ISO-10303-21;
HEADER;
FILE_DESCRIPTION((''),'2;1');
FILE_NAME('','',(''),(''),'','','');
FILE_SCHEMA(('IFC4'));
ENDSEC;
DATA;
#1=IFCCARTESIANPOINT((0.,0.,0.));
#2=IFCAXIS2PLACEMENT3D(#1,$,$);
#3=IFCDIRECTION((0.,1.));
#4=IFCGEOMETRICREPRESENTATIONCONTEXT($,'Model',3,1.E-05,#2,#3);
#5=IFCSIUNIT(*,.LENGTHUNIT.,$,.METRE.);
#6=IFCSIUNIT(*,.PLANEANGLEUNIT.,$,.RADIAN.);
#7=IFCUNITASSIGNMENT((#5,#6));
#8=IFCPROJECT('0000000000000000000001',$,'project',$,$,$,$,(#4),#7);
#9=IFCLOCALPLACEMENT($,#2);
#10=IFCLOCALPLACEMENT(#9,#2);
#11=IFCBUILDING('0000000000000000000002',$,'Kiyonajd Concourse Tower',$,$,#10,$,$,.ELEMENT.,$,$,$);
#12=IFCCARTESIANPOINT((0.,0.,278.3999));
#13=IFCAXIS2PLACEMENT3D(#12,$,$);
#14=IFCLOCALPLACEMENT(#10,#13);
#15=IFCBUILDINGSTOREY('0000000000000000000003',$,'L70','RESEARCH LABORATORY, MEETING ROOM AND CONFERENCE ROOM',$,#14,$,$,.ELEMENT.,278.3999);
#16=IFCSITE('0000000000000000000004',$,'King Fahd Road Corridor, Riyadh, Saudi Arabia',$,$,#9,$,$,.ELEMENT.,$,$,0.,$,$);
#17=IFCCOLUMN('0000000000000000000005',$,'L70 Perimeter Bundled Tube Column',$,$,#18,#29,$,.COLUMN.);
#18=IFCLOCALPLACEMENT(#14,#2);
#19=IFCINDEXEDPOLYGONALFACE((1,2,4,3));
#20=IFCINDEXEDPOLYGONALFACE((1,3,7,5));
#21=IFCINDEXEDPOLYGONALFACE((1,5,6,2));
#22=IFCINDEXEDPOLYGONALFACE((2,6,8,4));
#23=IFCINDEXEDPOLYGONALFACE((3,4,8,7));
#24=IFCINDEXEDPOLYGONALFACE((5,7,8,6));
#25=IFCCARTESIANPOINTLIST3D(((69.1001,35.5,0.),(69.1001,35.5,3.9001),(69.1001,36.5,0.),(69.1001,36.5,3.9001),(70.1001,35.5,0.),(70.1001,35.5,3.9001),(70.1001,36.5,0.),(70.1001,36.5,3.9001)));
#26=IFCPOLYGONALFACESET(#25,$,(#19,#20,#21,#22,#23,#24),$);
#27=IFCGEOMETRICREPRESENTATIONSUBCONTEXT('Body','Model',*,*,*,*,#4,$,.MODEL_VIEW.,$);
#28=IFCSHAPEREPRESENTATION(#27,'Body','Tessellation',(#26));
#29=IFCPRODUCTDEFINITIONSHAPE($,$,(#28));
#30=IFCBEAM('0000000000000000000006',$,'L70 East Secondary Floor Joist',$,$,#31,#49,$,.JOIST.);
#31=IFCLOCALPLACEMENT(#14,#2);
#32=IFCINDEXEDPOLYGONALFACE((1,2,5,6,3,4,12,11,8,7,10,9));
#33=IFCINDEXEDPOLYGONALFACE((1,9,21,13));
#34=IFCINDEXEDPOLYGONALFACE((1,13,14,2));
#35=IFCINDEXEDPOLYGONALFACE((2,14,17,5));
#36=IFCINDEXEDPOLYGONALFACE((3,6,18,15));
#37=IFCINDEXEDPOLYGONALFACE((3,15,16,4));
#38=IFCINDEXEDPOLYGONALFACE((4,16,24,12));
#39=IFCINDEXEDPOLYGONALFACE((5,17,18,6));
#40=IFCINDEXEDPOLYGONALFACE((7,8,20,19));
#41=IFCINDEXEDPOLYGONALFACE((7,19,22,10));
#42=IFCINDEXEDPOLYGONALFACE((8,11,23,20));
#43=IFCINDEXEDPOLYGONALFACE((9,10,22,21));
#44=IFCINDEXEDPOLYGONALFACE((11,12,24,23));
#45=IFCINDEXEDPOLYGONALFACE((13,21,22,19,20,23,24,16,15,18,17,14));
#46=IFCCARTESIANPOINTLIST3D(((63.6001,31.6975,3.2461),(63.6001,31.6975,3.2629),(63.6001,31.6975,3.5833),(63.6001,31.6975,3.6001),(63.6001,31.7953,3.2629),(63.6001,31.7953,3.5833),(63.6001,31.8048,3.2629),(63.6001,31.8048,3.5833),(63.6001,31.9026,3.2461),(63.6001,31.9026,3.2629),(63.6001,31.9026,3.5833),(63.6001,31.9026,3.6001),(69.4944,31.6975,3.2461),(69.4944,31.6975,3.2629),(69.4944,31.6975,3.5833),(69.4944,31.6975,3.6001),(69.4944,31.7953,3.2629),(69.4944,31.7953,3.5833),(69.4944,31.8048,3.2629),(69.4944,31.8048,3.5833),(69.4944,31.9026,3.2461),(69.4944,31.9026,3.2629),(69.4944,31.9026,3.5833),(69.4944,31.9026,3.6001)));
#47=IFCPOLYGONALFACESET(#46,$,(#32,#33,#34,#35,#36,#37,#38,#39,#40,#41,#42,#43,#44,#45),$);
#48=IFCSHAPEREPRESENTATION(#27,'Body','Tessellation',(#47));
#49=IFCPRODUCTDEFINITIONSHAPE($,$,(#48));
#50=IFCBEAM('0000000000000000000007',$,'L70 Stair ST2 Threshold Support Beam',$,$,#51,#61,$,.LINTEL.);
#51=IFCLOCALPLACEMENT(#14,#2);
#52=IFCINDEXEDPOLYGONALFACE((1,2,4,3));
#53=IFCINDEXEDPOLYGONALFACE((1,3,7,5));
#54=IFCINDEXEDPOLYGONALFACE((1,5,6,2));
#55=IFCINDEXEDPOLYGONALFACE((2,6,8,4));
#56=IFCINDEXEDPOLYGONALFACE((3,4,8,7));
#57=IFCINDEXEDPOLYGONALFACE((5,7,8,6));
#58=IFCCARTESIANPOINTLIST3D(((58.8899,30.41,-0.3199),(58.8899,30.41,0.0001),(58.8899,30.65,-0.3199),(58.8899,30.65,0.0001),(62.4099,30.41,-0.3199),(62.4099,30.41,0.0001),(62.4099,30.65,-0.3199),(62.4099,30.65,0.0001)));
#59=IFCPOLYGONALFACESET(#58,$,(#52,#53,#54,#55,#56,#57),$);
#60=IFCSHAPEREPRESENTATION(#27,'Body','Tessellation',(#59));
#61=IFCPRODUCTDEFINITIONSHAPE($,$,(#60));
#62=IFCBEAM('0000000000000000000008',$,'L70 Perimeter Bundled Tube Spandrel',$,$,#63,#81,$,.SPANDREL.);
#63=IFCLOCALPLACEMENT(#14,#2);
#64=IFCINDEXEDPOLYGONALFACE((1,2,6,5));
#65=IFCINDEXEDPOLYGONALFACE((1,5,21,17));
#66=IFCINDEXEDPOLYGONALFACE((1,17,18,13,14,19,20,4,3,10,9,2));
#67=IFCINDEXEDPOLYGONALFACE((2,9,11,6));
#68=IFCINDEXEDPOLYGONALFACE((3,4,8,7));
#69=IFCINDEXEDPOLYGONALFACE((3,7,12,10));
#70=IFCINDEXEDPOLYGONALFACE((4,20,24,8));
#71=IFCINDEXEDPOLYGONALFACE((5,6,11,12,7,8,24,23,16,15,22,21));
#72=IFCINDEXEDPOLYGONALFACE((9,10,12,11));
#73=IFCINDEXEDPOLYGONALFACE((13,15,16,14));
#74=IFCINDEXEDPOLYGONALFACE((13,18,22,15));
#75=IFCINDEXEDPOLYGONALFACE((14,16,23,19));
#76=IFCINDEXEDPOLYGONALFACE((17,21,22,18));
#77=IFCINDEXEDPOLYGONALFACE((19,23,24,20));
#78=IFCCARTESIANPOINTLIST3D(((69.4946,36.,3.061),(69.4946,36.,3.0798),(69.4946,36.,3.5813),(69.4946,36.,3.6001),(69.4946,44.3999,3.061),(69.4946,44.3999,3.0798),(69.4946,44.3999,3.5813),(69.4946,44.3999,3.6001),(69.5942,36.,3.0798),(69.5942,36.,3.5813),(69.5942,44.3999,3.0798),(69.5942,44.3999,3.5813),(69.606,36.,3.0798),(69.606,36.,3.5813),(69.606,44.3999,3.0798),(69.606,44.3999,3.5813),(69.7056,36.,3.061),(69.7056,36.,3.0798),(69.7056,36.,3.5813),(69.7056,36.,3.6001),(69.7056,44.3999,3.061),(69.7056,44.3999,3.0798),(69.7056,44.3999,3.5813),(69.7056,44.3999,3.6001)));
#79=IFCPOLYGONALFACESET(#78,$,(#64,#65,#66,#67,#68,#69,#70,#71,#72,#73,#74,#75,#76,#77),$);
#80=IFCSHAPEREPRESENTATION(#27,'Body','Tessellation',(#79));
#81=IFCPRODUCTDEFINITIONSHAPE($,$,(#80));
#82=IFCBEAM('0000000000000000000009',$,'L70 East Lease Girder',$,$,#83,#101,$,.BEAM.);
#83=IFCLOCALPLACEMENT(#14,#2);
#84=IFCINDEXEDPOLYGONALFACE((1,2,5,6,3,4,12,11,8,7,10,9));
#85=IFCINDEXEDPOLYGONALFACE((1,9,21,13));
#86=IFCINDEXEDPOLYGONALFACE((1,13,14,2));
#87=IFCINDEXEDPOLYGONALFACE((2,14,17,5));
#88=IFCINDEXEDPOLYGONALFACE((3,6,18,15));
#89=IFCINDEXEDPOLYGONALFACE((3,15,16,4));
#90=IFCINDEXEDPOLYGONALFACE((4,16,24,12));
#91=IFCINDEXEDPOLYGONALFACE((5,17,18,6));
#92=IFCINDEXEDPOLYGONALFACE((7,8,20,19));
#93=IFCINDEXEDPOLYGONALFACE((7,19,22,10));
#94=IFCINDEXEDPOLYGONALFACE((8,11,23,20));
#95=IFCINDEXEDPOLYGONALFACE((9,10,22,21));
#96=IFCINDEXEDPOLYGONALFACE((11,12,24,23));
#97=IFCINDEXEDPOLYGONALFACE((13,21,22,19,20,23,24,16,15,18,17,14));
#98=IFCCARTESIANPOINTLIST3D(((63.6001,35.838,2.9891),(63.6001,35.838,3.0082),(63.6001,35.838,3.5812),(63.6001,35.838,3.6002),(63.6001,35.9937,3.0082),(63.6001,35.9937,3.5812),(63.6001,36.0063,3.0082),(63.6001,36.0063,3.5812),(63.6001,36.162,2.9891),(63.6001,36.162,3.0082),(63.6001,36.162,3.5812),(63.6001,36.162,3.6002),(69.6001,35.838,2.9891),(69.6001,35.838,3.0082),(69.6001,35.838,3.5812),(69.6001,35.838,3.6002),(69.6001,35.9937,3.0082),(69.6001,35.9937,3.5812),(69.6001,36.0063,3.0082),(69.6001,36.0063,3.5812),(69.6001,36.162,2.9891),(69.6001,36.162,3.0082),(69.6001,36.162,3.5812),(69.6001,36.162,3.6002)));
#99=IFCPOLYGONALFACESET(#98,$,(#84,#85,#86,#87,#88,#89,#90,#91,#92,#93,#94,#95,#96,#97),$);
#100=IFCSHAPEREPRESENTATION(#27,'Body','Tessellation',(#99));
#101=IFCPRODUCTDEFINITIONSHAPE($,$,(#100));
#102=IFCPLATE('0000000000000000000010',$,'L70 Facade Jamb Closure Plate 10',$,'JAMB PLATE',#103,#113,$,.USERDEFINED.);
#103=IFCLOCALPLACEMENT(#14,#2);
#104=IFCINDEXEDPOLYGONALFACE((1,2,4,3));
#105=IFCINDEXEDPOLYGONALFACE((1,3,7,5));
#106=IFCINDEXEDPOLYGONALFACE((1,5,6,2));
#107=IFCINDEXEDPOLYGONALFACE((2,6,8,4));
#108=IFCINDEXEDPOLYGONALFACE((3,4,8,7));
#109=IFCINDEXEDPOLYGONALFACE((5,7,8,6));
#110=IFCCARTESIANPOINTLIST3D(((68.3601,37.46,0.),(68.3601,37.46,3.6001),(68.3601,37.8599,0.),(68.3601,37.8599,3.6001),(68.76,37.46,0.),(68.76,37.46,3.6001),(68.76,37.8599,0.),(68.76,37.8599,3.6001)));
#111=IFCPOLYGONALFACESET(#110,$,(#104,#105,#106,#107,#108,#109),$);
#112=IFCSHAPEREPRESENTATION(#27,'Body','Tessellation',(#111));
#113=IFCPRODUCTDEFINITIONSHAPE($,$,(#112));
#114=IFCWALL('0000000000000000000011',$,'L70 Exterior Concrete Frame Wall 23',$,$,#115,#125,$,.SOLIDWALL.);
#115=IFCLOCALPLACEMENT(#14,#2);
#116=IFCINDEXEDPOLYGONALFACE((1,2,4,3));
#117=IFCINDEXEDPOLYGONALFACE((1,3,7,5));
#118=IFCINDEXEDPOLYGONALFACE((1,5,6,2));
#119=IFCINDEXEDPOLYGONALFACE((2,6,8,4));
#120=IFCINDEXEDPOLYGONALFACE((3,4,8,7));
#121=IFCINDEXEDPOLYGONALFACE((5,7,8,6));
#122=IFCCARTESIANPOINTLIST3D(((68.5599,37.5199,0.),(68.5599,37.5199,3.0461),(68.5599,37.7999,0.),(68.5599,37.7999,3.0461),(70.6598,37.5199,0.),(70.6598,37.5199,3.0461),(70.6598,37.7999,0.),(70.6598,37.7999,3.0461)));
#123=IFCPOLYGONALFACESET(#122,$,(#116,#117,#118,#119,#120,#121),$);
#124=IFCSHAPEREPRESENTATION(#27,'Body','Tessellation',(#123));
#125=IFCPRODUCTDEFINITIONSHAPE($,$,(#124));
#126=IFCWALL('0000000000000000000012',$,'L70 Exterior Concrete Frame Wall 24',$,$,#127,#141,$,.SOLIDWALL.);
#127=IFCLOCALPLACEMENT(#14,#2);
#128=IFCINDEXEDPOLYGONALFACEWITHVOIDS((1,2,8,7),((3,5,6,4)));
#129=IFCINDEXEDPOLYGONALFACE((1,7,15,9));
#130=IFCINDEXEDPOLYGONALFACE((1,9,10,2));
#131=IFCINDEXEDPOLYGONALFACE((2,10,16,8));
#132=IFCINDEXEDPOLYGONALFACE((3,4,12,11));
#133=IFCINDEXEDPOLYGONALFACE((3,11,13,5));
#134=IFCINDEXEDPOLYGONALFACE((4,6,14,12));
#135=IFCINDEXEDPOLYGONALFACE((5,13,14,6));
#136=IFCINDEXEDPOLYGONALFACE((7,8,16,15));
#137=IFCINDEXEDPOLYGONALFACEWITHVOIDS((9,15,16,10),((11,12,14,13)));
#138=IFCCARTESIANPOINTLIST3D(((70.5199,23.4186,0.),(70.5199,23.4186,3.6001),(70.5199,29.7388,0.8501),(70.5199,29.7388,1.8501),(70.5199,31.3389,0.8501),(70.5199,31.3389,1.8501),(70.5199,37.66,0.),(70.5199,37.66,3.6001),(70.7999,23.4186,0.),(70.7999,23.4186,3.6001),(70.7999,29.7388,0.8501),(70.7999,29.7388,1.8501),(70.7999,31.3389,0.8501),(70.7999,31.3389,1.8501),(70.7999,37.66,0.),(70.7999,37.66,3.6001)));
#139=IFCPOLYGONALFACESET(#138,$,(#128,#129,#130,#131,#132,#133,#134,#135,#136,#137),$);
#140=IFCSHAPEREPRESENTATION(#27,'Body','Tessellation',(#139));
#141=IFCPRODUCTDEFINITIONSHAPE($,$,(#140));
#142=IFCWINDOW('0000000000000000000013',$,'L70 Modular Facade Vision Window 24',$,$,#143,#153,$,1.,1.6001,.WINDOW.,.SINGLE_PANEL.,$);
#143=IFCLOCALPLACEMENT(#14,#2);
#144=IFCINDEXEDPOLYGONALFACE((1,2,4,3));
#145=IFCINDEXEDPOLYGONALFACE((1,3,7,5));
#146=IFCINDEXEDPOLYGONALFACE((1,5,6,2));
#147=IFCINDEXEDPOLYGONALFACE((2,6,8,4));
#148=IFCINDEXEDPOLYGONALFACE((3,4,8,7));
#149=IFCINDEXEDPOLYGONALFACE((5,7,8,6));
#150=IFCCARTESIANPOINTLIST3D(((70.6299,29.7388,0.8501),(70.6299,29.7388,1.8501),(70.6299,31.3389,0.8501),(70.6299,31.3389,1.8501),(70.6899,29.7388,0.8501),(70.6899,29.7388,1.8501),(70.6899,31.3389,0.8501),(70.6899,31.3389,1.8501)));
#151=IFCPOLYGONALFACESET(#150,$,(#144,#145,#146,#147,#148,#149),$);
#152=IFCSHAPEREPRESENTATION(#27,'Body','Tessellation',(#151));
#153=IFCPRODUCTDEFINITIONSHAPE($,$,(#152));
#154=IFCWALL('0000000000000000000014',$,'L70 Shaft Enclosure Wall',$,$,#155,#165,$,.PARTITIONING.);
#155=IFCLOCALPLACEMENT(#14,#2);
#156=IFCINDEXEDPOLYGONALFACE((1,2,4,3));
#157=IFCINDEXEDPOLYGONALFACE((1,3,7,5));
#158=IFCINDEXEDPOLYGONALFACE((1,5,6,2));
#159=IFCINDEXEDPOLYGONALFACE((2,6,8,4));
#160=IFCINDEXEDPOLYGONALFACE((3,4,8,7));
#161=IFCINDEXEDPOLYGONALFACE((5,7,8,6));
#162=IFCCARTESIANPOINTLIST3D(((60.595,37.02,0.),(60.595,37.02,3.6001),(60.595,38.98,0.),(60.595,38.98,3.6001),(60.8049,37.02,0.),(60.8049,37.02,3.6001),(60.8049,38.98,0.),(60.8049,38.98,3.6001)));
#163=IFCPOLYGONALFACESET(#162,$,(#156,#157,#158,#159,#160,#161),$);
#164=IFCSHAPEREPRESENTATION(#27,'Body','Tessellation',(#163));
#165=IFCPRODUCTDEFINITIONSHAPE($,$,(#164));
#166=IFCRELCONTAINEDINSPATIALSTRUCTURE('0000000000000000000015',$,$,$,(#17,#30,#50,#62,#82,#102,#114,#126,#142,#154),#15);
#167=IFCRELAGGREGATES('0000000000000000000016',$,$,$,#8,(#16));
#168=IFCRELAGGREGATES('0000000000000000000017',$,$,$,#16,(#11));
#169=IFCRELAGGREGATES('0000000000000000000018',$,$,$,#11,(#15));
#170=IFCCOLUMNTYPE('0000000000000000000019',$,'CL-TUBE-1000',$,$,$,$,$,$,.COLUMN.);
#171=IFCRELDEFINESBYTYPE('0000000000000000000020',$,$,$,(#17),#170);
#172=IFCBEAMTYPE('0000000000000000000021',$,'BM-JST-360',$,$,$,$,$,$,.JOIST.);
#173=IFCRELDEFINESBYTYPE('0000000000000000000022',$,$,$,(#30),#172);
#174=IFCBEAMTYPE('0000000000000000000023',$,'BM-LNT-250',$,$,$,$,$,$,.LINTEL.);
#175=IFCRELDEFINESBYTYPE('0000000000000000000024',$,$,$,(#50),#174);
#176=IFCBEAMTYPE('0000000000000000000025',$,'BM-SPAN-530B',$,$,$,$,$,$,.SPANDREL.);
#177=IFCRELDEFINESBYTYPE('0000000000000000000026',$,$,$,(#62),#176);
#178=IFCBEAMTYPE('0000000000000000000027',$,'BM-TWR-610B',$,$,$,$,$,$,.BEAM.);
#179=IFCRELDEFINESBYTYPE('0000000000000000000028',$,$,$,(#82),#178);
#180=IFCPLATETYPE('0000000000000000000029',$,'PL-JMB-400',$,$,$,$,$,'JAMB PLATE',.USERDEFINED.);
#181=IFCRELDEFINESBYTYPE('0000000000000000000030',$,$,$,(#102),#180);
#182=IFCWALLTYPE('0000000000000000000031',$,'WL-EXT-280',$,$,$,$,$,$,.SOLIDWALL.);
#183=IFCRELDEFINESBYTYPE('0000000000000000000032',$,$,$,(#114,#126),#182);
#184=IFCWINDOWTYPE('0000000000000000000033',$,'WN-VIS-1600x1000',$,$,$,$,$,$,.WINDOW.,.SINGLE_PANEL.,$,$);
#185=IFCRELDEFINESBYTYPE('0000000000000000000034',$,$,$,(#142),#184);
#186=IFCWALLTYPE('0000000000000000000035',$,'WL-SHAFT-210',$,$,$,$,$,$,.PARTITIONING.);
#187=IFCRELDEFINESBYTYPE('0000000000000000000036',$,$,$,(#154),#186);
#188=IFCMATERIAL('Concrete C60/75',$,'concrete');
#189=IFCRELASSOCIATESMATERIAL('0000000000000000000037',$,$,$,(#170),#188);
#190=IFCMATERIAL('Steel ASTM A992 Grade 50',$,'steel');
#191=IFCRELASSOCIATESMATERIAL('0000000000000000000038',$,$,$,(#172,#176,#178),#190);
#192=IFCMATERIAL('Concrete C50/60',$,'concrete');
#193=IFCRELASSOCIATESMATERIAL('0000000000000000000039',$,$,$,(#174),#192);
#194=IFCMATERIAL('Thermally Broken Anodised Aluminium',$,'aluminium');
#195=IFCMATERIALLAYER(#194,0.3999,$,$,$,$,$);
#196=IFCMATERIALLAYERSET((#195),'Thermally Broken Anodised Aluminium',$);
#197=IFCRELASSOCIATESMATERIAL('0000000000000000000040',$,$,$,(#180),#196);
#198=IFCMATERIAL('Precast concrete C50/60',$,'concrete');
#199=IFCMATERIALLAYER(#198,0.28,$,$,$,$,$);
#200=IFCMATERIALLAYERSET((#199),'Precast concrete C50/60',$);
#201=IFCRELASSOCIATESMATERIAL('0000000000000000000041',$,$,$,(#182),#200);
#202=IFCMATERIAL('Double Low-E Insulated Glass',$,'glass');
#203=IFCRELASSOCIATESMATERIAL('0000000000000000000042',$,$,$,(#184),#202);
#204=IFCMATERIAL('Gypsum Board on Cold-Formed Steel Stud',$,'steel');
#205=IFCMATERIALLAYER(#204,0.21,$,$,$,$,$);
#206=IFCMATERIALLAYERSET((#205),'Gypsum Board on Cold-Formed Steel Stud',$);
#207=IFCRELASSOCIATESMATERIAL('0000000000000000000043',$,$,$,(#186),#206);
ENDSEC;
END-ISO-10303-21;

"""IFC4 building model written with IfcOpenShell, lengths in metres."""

from ifc_helpers import new_model, si_unit, direction, frame, frame_2d, origin, origin_2d, place, context, subcontext, project, spatial, rectangle, i_section, extrude, material, layer, layer_set, material_profile, profile_set, type_object, element, fill, save


model = new_model("IFC4")

# Units and contexts
model_context = context("Model", 3, precision=1e-05, world=origin(), true_north=direction((0.0, 1.0)))
body_context = subcontext(model_context, "Body", "Model", "MODEL_VIEW")
ifc_project = project(units=[si_unit("LENGTHUNIT", "METRE"), si_unit("PLANEANGLEUNIT", "RADIAN")], contexts=[model_context])

# Site, building, storey
site_placement = place(None, origin())
site = spatial("IfcSite", under=ifc_project, at=site_placement, Name="King Fahd Road Corridor, Riyadh, Saudi Arabia", CompositionType="ELEMENT", RefElevation=0.0)
building_placement = place(site_placement, origin())
building = spatial("IfcBuilding", under=site, at=building_placement, Name="Kiyonajd Concourse Tower", CompositionType="ELEMENT")
storey_placement = place(building_placement, frame((0.0, 0.0, 278.3999)))
storey = spatial("IfcBuildingStorey", under=building, at=storey_placement, Name="L70", Description="RESEARCH LABORATORY, MEETING ROOM AND CONFERENCE ROOM", CompositionType="ELEMENT", Elevation=278.3999)

# Column
ifc_material_1 = material(Name="Concrete C60/75", Category="concrete")
ifc_material_profile_1 = material_profile(ifc_material_1, rectangle(XDim=1.0, YDim=1.0, at=origin_2d()), Name="RC-1000x1000")
ifc_profile_set_1 = profile_set([ifc_material_profile_1], Name="Concrete C60/75")
column_type = type_object("IfcColumnType", Name="CL-TUBE-1000", PredefinedType="COLUMN", material=ifc_profile_set_1)
column_placement = place(storey_placement, frame((69.6001, 36.0, 0.0), z_axis=(0.0, 0.0, 1.0), x_axis=(1.0, 0.0, 0.0)))
element("IfcColumn", 1, at=column_placement, inside=storey, type_object=column_type, Name="L70 Perimeter Bundled Tube Column", PredefinedType="COLUMN", context=body_context, shape_type="SweptSolid", body=[
    extrude(rectangle(XDim=1.0, YDim=1.0, at=origin_2d()), origin(), (0.0, 0.0, 1.0), 3.9001),
])

# Beams
ifc_material_2 = material(Name="Steel ASTM A992 Grade 50", Category="steel")
ifc_material_profile_2 = material_profile(ifc_material_2, i_section(OverallWidth=0.2051, OverallDepth=0.354, WebThickness=0.0095, FlangeThickness=0.0168, at=origin_2d()), Name="W360X79")
ifc_profile_set_2 = profile_set([ifc_material_profile_2], Name="Steel ASTM A992 Grade 50")
beam_type_1 = type_object("IfcBeamType", Name="BM-JST-360", PredefinedType="JOIST", material=ifc_profile_set_2)
beam_1_placement = place(storey_placement, frame((63.6001, 31.8, 3.4231), z_axis=(1.0, 0.0, 0.0), x_axis=(0.0, 1.0, 0.0)))
element("IfcBeam", 2, at=beam_1_placement, inside=storey, type_object=beam_type_1, Name="L70 East Secondary Floor Joist", PredefinedType="JOIST", context=body_context, shape_type="SweptSolid", body=[
    extrude(i_section(OverallWidth=0.2051, OverallDepth=0.354, WebThickness=0.0095, FlangeThickness=0.0168, at=origin_2d()), origin(), (0.0, 0.0, 1.0), 5.8943),
])
ifc_material_3 = material(Name="Concrete C50/60", Category="concrete")
ifc_material_profile_3 = material_profile(ifc_material_3, rectangle(XDim=0.24, YDim=0.3201, at=origin_2d()), Name="RCBM-240x320")
ifc_profile_set_3 = profile_set([ifc_material_profile_3], Name="Concrete C50/60")
beam_type_2 = type_object("IfcBeamType", Name="BM-LNT-250", PredefinedType="LINTEL", material=ifc_profile_set_3)
beam_2_placement = place(storey_placement, frame((58.8899, 30.53, -0.1599), z_axis=(1.0, 0.0, 0.0), x_axis=(0.0, 1.0, 0.0)))
element("IfcBeam", 3, at=beam_2_placement, inside=storey, type_object=beam_type_2, Name="L70 Stair ST2 Threshold Support Beam", PredefinedType="LINTEL", context=body_context, shape_type="SweptSolid", body=[
    extrude(rectangle(XDim=0.24, YDim=0.3201, at=origin_2d()), origin(), (0.0, 0.0, 1.0), 3.52),
])
ifc_material_profile_4 = material_profile(ifc_material_2, i_section(OverallWidth=0.2109, OverallDepth=0.5391, WebThickness=0.0117, FlangeThickness=0.0188, at=origin_2d()), Name="W530X109")
ifc_profile_set_4 = profile_set([ifc_material_profile_4], Name="Steel ASTM A992 Grade 50")
beam_type_3 = type_object("IfcBeamType", Name="BM-SPAN-530B", PredefinedType="SPANDREL", material=ifc_profile_set_4)
beam_3_placement = place(storey_placement, frame((69.6001, 36.0, 3.3306), z_axis=(0.0, 1.0, 0.0), x_axis=(-1.0, 0.0, 0.0)))
element("IfcBeam", 4, at=beam_3_placement, inside=storey, type_object=beam_type_3, Name="L70 Perimeter Bundled Tube Spandrel", PredefinedType="SPANDREL", context=body_context, shape_type="SweptSolid", body=[
    extrude(i_section(OverallWidth=0.2109, OverallDepth=0.5391, WebThickness=0.0117, FlangeThickness=0.0188, at=origin_2d()), origin(), (0.0, 0.0, 1.0), 8.3999),
])
ifc_material_profile_5 = material_profile(ifc_material_2, i_section(OverallWidth=0.324, OverallDepth=0.6111, WebThickness=0.0127, FlangeThickness=0.019, at=origin_2d()), Name="W610X155")
ifc_profile_set_5 = profile_set([ifc_material_profile_5], Name="Steel ASTM A992 Grade 50")
beam_type_4 = type_object("IfcBeamType", Name="BM-TWR-610B", PredefinedType="BEAM", material=ifc_profile_set_5)
beam_4_placement = place(storey_placement, frame((63.6001, 36.0, 3.2947), z_axis=(1.0, 0.0, 0.0), x_axis=(0.0, 1.0, 0.0)))
element("IfcBeam", 5, at=beam_4_placement, inside=storey, type_object=beam_type_4, Name="L70 East Lease Girder", PredefinedType="BEAM", context=body_context, shape_type="SweptSolid", body=[
    extrude(i_section(OverallWidth=0.324, OverallDepth=0.6111, WebThickness=0.0127, FlangeThickness=0.019, at=origin_2d()), origin(), (0.0, 0.0, 1.0), 6.0),
])

# Plate
ifc_material_4 = material(Name="Thermally Broken Anodised Aluminium", Category="aluminium")
ifc_layer_1 = layer(ifc_material_4, 0.3999)
ifc_layer_set_1 = layer_set([ifc_layer_1], Name="Thermally Broken Anodised Aluminium")
plate_type = type_object("IfcPlateType", Name="PL-JMB-400", ElementType="JAMB PLATE", PredefinedType="USERDEFINED", material=ifc_layer_set_1)
plate_placement = place(storey_placement, frame((68.5601, 37.6599, 0.0), z_axis=(0.0, 0.0, 1.0), x_axis=(1.0, 0.0, 0.0)))
element("IfcPlate", 6, at=plate_placement, inside=storey, type_object=plate_type, Name="L70 Facade Jamb Closure Plate 10", ObjectType="JAMB PLATE", PredefinedType="USERDEFINED", context=body_context, shape_type="SweptSolid", body=[
    extrude(rectangle(XDim=0.3999, YDim=0.3999, at=origin_2d()), origin(), (0.0, 0.0, 1.0), 3.6001),
])

# Wall
ifc_material_5 = material(Name="Precast concrete C50/60", Category="concrete")
ifc_layer_2 = layer(ifc_material_5, 0.28)
ifc_layer_set_2 = layer_set([ifc_layer_2], Name="Precast concrete C50/60")
wall_type_1 = type_object("IfcWallType", Name="WL-EXT-280", PredefinedType="SOLIDWALL", material=ifc_layer_set_2)
wall_1_placement = place(storey_placement, frame((68.5601, 37.6599, 0.0), z_axis=(0.0, 0.0, 1.0), x_axis=(1.0, 0.0, 0.0)))
element("IfcWall", 7, at=wall_1_placement, inside=storey, type_object=wall_type_1, Name="L70 Exterior Concrete Frame Wall 23", PredefinedType="SOLIDWALL", context=body_context, shape_type="SweptSolid", body=[
    extrude(rectangle(XDim=2.0999, YDim=0.28, at=frame_2d((1.0498, 0.0))), origin(), (0.0, 0.0, 1.0), 3.0461),
])

# Wall, opening, window
wall_2_placement = place(storey_placement, frame((70.6599, 37.6599, 0.0), z_axis=(0.0, 0.0, 1.0), x_axis=(0.0, -1.0, 0.0)))
wall_2 = element("IfcWall", 8, at=wall_2_placement, inside=storey, type_object=wall_type_1, Name="L70 Exterior Concrete Frame Wall 24", PredefinedType="SOLIDWALL", context=body_context, shape_type="SweptSolid", body=[
    extrude(rectangle(XDim=14.2415, YDim=0.28, at=frame_2d((7.1206, 0.0))), origin(), (0.0, 0.0, 1.0), 3.6001),
])
opening_1_placement = place(wall_2_placement, frame((6.321, 0.0, 0.8501)))
opening_1 = element("IfcOpeningElement", 9, at=opening_1_placement, cuts=wall_2, PredefinedType="OPENING", context=body_context, shape_type="SweptSolid", body=[
    extrude(rectangle(XDim=1.6001, YDim=1.0, at=frame_2d((0.8, 0.5))), frame((0.0, 0.1499, 0.0), z_axis=(0.0, -1.0, 0.0), x_axis=(1.0, 0.0, 0.0)), (0.0, 0.0, 1.0), 0.3),
])
ifc_material_6 = material(Name="Double Low-E Insulated Glass", Category="glass")
window_type = type_object("IfcWindowType", Name="WN-VIS-1600x1000", PartitioningType="SINGLE_PANEL", PredefinedType="WINDOW", material=ifc_material_6)
window_placement = place(opening_1_placement, origin())
window = element("IfcWindow", 10, at=window_placement, inside=storey, type_object=window_type, Name="L70 Modular Facade Vision Window 24", OverallHeight=1.0, OverallWidth=1.6001, PartitioningType="SINGLE_PANEL", PredefinedType="WINDOW", context=body_context, shape_type="SweptSolid", body=[
    extrude(rectangle(XDim=1.6001, YDim=1.0, at=frame_2d((0.8, 0.5))), frame((0.0, 0.03, 0.0), z_axis=(0.0, -1.0, 0.0), x_axis=(1.0, 0.0, 0.0)), (0.0, 0.0, 1.0), 0.0601),
])
fill(opening_1, window)

# Wall
ifc_material_7 = material(Name="Gypsum Board on Cold-Formed Steel Stud", Category="steel")
ifc_layer_3 = layer(ifc_material_7, 0.21)
ifc_layer_set_3 = layer_set([ifc_layer_3], Name="Gypsum Board on Cold-Formed Steel Stud")
wall_type_2 = type_object("IfcWallType", Name="WL-SHAFT-210", PredefinedType="PARTITIONING", material=ifc_layer_set_3)
wall_3_placement = place(storey_placement, frame((60.7, 37.02, 0.0), z_axis=(0.0, 0.0, 1.0), x_axis=(0.0, 1.0, 0.0)))
element("IfcWall", 11, at=wall_3_placement, inside=storey, type_object=wall_type_2, Name="L70 Shaft Enclosure Wall", PredefinedType="PARTITIONING", context=body_context, shape_type="SweptSolid", body=[
    extrude(rectangle(XDim=1.96, YDim=0.21, at=frame_2d((0.98, 0.0))), origin(), (0.0, 0.0, 1.0), 3.6001),
])

save(model, "model.ifc")
